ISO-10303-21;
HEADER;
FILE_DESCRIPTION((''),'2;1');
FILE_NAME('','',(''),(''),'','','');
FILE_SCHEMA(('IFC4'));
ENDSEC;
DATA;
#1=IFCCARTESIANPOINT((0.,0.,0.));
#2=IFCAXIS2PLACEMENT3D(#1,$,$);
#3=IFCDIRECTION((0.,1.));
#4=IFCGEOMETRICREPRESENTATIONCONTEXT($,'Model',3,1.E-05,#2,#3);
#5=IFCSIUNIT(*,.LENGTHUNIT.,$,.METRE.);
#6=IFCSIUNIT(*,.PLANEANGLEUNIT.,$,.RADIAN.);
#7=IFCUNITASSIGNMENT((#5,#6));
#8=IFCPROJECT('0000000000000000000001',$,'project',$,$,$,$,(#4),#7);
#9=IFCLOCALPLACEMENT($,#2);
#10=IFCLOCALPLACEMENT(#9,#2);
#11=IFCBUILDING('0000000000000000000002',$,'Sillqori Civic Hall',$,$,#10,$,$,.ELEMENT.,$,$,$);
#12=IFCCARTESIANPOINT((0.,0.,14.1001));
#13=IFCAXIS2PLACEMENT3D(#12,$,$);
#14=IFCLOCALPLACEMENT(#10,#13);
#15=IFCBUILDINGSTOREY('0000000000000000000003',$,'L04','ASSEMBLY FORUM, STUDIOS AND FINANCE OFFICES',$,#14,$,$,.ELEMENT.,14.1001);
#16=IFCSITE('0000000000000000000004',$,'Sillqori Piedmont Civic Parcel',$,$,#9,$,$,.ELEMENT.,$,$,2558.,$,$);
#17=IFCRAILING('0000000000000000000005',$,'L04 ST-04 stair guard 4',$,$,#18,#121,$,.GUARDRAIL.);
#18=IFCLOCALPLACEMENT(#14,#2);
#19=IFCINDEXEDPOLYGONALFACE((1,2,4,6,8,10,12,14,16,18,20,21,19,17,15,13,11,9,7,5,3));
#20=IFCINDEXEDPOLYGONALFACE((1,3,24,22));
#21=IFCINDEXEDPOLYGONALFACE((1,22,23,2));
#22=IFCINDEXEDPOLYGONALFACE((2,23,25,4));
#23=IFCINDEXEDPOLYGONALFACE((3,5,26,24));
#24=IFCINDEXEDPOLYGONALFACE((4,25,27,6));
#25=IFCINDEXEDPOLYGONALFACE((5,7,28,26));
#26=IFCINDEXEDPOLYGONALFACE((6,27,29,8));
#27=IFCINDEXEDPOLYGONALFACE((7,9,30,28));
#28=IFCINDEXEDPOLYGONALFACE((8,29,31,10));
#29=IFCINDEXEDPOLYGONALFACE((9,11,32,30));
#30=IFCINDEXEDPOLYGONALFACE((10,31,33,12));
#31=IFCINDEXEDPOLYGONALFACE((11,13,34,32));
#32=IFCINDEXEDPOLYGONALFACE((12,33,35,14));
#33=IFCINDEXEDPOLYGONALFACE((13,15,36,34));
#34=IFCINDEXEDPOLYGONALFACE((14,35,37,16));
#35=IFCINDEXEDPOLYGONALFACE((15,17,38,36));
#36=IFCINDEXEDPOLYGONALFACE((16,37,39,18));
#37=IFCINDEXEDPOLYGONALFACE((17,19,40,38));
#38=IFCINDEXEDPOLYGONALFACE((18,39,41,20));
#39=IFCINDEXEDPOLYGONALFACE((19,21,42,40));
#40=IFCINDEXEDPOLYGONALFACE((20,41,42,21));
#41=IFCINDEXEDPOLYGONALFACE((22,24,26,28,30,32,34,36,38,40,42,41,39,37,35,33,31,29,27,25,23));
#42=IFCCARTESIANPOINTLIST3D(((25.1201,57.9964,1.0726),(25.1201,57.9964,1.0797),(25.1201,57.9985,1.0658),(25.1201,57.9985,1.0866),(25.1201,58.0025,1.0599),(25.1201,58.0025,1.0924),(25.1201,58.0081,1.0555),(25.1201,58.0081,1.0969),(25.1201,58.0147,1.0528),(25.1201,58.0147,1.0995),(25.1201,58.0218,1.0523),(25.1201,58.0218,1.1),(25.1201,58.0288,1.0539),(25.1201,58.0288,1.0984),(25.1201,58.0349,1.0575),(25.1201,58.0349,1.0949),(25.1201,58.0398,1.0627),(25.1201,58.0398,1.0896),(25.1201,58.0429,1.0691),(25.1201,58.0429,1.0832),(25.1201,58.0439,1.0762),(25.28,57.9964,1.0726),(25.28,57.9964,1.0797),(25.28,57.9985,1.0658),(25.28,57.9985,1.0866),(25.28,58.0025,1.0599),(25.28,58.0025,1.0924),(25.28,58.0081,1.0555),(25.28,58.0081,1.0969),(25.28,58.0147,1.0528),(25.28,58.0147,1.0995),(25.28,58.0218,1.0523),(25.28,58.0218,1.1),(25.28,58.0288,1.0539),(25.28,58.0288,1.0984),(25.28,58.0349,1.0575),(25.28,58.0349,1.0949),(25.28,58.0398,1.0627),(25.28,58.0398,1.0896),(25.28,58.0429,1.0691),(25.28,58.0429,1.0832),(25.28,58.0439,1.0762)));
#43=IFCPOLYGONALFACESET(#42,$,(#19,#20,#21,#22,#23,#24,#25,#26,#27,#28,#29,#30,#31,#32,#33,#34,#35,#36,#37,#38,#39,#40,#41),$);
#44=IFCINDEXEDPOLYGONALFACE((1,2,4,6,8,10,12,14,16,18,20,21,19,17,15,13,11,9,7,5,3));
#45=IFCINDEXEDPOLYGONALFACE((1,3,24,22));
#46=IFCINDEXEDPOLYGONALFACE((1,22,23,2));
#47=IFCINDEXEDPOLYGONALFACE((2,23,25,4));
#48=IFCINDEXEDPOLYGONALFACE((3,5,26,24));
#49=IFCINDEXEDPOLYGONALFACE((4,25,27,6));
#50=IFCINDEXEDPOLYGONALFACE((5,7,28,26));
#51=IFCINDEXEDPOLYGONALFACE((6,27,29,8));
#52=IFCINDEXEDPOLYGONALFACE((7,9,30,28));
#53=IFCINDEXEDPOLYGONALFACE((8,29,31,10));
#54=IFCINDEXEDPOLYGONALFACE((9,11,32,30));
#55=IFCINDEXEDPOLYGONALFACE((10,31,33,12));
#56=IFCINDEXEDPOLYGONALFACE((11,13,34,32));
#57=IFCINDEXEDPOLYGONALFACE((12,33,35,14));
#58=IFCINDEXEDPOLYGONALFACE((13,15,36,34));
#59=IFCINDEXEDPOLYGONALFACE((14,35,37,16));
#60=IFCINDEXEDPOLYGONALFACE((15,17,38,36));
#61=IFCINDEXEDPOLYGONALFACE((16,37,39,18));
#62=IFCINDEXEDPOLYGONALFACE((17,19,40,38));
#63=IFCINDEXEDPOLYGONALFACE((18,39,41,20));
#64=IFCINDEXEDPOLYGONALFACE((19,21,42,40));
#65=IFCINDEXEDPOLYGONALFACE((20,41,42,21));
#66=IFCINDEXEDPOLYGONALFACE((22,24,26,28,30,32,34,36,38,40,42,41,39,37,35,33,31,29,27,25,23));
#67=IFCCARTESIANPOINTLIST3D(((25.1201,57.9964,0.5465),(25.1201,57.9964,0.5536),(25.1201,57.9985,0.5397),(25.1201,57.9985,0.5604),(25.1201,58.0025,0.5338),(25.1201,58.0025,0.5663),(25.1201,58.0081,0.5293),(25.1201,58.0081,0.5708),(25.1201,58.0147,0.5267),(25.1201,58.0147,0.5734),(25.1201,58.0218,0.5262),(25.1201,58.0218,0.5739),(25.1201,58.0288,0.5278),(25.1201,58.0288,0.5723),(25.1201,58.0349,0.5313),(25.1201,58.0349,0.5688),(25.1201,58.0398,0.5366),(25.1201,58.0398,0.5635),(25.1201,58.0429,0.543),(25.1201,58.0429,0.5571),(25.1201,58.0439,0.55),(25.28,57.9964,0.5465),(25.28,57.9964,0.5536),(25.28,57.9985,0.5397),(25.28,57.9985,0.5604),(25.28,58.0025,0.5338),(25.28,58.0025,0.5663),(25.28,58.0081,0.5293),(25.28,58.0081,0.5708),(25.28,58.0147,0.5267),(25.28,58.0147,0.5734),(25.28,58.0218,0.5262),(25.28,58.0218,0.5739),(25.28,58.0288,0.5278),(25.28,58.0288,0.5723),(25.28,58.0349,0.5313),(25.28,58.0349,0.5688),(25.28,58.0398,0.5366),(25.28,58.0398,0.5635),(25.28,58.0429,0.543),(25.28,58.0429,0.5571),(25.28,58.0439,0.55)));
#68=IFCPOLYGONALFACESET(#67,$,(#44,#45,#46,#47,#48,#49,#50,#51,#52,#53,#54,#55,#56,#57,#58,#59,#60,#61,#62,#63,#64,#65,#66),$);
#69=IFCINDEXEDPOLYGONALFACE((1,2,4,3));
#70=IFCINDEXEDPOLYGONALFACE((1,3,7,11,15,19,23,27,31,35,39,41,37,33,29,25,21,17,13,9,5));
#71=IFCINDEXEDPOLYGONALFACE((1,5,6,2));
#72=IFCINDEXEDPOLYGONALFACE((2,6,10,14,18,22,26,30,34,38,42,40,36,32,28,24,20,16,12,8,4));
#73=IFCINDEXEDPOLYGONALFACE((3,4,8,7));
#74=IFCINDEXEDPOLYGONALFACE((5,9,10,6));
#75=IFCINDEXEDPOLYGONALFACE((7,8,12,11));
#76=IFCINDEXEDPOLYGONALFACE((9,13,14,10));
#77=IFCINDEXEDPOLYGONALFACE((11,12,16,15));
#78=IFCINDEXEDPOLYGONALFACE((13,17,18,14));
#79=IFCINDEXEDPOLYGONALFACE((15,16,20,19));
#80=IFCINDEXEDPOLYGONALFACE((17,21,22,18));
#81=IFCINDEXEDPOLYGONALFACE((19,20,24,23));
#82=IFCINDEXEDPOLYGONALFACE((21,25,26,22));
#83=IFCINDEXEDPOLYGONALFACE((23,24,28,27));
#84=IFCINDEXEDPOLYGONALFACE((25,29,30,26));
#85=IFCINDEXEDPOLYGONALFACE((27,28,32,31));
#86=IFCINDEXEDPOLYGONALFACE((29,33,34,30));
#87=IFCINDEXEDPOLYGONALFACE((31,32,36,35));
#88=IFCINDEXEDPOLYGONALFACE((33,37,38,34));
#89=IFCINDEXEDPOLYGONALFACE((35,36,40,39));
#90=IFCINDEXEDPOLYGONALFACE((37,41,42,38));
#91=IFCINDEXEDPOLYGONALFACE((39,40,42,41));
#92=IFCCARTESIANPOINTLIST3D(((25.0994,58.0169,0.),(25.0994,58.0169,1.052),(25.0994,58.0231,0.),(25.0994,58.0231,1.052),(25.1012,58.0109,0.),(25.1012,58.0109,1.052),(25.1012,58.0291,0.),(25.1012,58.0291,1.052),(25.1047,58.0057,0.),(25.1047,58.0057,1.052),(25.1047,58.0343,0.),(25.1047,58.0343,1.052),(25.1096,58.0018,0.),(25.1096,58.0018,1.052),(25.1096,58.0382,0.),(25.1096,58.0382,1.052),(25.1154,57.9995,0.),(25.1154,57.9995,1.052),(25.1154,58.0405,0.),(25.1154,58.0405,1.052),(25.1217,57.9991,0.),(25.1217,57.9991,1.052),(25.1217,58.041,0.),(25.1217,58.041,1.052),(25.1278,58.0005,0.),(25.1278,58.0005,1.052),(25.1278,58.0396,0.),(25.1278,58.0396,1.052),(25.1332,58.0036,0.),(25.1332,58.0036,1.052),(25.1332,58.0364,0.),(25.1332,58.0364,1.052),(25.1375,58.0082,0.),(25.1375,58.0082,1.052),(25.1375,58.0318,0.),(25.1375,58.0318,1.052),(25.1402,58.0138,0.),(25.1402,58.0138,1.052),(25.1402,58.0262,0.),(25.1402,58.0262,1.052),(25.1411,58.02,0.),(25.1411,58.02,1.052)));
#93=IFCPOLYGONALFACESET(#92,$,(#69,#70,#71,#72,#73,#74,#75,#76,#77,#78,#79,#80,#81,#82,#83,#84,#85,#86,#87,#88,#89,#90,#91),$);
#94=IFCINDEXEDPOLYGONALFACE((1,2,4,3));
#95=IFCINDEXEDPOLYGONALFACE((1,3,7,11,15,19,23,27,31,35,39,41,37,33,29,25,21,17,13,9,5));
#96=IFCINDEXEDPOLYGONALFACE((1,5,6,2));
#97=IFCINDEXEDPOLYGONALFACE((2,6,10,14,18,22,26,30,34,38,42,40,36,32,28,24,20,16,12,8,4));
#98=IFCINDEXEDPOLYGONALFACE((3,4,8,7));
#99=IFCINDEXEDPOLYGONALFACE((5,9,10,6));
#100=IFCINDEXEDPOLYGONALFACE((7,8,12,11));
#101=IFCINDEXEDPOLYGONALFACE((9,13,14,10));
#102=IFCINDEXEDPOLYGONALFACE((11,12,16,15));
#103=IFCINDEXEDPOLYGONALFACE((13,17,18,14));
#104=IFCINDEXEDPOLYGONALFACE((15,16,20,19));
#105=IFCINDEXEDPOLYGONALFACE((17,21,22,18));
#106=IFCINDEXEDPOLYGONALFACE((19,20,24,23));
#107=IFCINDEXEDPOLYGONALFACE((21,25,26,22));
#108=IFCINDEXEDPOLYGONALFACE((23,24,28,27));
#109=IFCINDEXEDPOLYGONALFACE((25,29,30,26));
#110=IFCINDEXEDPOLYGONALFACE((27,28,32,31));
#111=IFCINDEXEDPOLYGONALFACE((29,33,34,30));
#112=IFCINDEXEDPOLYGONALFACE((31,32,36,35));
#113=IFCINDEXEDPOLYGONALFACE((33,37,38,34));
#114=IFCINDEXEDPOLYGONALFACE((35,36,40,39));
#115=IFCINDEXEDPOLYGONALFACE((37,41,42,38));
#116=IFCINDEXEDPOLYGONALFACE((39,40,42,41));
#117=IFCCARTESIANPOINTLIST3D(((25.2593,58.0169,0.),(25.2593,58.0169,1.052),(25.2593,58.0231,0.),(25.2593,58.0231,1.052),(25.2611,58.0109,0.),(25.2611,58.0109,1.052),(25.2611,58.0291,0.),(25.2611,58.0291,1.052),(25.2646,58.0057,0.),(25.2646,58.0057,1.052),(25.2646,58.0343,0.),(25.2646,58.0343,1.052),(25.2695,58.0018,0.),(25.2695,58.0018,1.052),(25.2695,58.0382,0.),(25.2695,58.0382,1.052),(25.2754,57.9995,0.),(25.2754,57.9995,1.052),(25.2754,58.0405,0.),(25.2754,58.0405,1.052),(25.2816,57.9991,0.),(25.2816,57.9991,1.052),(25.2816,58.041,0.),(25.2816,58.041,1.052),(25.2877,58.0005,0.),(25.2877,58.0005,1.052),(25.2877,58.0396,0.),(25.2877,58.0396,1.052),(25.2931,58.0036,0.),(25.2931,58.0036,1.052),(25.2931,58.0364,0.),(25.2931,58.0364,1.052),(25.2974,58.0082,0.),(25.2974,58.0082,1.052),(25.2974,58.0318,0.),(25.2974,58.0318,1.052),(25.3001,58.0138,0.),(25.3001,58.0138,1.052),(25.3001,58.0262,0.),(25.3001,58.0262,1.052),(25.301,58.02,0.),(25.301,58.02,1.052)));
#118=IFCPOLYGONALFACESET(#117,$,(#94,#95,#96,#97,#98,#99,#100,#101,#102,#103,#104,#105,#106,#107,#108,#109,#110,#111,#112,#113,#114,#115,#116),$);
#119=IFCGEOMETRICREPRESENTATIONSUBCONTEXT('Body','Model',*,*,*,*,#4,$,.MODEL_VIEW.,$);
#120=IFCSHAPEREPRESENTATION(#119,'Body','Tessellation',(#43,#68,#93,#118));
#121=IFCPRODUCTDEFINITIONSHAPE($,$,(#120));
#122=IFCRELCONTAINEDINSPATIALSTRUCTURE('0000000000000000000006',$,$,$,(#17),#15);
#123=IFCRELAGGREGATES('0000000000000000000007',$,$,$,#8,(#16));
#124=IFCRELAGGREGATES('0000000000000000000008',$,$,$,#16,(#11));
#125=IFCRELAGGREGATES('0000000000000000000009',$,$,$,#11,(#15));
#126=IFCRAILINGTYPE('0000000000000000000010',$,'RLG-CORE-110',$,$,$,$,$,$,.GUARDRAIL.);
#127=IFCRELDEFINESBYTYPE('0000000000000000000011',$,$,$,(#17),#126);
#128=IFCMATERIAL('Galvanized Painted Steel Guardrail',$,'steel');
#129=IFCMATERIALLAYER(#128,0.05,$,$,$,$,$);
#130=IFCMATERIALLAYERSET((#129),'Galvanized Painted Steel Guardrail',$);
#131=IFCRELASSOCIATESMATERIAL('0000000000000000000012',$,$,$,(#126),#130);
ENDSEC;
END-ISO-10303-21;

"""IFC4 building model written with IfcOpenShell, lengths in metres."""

from ifc_helpers import new_model, si_unit, direction, frame, origin, origin_2d, place, context, subcontext, project, spatial, circle, extrude, material, layer, layer_set, type_object, element, save


model = new_model("IFC4")

# Units and contexts
model_context = context("Model", 3, precision=1e-05, world=origin(), true_north=direction((0.0, 1.0)))
body_context = subcontext(model_context, "Body", "Model", "MODEL_VIEW")
ifc_project = project(units=[si_unit("LENGTHUNIT", "METRE"), si_unit("PLANEANGLEUNIT", "RADIAN")], contexts=[model_context])

# Site, building, storey
site_placement = place(None, origin())
site = spatial("IfcSite", under=ifc_project, at=site_placement, Name="Sillqori Piedmont Civic Parcel", CompositionType="ELEMENT", RefElevation=2558.0)
building_placement = place(site_placement, origin())
building = spatial("IfcBuilding", under=site, at=building_placement, Name="Sillqori Civic Hall", CompositionType="ELEMENT")
storey_placement = place(building_placement, frame((0.0, 0.0, 14.1001)))
storey = spatial("IfcBuildingStorey", under=building, at=storey_placement, Name="L04", Description="ASSEMBLY FORUM, STUDIOS AND FINANCE OFFICES", CompositionType="ELEMENT", Elevation=14.1001)

# Railing
ifc_material_1 = material(Name="Galvanized Painted Steel Guardrail", Category="steel")
ifc_layer_1 = layer(ifc_material_1, 0.05)
ifc_layer_set_1 = layer_set([ifc_layer_1], Name="Galvanized Painted Steel Guardrail")
railing_type_1 = type_object("IfcRailingType", Name="RLG-CORE-110", PredefinedType="GUARDRAIL", material=ifc_layer_set_1)
railing_1_placement = place(storey_placement, frame((25.1201, 58.02, 0.0)))
element("IfcRailing", 1, at=railing_1_placement, inside=storey, type_object=railing_type_1, Name="L04 ST-04 stair guard 4", PredefinedType="GUARDRAIL", context=body_context, shape_type="SweptSolid", body=[
    extrude(circle(Radius=0.0239, at=origin_2d()), frame((0.0, 0.0, 1.0762), z_axis=(1.0, 0.0, 0.0), x_axis=(0.0, 1.0, 0.0)), (0.0, 0.0, 1.0), 0.1599),
    extrude(circle(Radius=0.0239, at=origin_2d()), frame((0.0, 0.0, 0.55), z_axis=(1.0, 0.0, 0.0), x_axis=(0.0, 1.0, 0.0)), (0.0, 0.0, 1.0), 0.1599),
    extrude(circle(Radius=0.021, at=origin_2d()), origin(), (0.0, 0.0, 1.0), 1.052),
    extrude(circle(Radius=0.021, at=origin_2d()), frame((0.1599, 0.0, 0.0)), (0.0, 0.0, 1.0), 1.052),
])

save(model, "model.ifc")
